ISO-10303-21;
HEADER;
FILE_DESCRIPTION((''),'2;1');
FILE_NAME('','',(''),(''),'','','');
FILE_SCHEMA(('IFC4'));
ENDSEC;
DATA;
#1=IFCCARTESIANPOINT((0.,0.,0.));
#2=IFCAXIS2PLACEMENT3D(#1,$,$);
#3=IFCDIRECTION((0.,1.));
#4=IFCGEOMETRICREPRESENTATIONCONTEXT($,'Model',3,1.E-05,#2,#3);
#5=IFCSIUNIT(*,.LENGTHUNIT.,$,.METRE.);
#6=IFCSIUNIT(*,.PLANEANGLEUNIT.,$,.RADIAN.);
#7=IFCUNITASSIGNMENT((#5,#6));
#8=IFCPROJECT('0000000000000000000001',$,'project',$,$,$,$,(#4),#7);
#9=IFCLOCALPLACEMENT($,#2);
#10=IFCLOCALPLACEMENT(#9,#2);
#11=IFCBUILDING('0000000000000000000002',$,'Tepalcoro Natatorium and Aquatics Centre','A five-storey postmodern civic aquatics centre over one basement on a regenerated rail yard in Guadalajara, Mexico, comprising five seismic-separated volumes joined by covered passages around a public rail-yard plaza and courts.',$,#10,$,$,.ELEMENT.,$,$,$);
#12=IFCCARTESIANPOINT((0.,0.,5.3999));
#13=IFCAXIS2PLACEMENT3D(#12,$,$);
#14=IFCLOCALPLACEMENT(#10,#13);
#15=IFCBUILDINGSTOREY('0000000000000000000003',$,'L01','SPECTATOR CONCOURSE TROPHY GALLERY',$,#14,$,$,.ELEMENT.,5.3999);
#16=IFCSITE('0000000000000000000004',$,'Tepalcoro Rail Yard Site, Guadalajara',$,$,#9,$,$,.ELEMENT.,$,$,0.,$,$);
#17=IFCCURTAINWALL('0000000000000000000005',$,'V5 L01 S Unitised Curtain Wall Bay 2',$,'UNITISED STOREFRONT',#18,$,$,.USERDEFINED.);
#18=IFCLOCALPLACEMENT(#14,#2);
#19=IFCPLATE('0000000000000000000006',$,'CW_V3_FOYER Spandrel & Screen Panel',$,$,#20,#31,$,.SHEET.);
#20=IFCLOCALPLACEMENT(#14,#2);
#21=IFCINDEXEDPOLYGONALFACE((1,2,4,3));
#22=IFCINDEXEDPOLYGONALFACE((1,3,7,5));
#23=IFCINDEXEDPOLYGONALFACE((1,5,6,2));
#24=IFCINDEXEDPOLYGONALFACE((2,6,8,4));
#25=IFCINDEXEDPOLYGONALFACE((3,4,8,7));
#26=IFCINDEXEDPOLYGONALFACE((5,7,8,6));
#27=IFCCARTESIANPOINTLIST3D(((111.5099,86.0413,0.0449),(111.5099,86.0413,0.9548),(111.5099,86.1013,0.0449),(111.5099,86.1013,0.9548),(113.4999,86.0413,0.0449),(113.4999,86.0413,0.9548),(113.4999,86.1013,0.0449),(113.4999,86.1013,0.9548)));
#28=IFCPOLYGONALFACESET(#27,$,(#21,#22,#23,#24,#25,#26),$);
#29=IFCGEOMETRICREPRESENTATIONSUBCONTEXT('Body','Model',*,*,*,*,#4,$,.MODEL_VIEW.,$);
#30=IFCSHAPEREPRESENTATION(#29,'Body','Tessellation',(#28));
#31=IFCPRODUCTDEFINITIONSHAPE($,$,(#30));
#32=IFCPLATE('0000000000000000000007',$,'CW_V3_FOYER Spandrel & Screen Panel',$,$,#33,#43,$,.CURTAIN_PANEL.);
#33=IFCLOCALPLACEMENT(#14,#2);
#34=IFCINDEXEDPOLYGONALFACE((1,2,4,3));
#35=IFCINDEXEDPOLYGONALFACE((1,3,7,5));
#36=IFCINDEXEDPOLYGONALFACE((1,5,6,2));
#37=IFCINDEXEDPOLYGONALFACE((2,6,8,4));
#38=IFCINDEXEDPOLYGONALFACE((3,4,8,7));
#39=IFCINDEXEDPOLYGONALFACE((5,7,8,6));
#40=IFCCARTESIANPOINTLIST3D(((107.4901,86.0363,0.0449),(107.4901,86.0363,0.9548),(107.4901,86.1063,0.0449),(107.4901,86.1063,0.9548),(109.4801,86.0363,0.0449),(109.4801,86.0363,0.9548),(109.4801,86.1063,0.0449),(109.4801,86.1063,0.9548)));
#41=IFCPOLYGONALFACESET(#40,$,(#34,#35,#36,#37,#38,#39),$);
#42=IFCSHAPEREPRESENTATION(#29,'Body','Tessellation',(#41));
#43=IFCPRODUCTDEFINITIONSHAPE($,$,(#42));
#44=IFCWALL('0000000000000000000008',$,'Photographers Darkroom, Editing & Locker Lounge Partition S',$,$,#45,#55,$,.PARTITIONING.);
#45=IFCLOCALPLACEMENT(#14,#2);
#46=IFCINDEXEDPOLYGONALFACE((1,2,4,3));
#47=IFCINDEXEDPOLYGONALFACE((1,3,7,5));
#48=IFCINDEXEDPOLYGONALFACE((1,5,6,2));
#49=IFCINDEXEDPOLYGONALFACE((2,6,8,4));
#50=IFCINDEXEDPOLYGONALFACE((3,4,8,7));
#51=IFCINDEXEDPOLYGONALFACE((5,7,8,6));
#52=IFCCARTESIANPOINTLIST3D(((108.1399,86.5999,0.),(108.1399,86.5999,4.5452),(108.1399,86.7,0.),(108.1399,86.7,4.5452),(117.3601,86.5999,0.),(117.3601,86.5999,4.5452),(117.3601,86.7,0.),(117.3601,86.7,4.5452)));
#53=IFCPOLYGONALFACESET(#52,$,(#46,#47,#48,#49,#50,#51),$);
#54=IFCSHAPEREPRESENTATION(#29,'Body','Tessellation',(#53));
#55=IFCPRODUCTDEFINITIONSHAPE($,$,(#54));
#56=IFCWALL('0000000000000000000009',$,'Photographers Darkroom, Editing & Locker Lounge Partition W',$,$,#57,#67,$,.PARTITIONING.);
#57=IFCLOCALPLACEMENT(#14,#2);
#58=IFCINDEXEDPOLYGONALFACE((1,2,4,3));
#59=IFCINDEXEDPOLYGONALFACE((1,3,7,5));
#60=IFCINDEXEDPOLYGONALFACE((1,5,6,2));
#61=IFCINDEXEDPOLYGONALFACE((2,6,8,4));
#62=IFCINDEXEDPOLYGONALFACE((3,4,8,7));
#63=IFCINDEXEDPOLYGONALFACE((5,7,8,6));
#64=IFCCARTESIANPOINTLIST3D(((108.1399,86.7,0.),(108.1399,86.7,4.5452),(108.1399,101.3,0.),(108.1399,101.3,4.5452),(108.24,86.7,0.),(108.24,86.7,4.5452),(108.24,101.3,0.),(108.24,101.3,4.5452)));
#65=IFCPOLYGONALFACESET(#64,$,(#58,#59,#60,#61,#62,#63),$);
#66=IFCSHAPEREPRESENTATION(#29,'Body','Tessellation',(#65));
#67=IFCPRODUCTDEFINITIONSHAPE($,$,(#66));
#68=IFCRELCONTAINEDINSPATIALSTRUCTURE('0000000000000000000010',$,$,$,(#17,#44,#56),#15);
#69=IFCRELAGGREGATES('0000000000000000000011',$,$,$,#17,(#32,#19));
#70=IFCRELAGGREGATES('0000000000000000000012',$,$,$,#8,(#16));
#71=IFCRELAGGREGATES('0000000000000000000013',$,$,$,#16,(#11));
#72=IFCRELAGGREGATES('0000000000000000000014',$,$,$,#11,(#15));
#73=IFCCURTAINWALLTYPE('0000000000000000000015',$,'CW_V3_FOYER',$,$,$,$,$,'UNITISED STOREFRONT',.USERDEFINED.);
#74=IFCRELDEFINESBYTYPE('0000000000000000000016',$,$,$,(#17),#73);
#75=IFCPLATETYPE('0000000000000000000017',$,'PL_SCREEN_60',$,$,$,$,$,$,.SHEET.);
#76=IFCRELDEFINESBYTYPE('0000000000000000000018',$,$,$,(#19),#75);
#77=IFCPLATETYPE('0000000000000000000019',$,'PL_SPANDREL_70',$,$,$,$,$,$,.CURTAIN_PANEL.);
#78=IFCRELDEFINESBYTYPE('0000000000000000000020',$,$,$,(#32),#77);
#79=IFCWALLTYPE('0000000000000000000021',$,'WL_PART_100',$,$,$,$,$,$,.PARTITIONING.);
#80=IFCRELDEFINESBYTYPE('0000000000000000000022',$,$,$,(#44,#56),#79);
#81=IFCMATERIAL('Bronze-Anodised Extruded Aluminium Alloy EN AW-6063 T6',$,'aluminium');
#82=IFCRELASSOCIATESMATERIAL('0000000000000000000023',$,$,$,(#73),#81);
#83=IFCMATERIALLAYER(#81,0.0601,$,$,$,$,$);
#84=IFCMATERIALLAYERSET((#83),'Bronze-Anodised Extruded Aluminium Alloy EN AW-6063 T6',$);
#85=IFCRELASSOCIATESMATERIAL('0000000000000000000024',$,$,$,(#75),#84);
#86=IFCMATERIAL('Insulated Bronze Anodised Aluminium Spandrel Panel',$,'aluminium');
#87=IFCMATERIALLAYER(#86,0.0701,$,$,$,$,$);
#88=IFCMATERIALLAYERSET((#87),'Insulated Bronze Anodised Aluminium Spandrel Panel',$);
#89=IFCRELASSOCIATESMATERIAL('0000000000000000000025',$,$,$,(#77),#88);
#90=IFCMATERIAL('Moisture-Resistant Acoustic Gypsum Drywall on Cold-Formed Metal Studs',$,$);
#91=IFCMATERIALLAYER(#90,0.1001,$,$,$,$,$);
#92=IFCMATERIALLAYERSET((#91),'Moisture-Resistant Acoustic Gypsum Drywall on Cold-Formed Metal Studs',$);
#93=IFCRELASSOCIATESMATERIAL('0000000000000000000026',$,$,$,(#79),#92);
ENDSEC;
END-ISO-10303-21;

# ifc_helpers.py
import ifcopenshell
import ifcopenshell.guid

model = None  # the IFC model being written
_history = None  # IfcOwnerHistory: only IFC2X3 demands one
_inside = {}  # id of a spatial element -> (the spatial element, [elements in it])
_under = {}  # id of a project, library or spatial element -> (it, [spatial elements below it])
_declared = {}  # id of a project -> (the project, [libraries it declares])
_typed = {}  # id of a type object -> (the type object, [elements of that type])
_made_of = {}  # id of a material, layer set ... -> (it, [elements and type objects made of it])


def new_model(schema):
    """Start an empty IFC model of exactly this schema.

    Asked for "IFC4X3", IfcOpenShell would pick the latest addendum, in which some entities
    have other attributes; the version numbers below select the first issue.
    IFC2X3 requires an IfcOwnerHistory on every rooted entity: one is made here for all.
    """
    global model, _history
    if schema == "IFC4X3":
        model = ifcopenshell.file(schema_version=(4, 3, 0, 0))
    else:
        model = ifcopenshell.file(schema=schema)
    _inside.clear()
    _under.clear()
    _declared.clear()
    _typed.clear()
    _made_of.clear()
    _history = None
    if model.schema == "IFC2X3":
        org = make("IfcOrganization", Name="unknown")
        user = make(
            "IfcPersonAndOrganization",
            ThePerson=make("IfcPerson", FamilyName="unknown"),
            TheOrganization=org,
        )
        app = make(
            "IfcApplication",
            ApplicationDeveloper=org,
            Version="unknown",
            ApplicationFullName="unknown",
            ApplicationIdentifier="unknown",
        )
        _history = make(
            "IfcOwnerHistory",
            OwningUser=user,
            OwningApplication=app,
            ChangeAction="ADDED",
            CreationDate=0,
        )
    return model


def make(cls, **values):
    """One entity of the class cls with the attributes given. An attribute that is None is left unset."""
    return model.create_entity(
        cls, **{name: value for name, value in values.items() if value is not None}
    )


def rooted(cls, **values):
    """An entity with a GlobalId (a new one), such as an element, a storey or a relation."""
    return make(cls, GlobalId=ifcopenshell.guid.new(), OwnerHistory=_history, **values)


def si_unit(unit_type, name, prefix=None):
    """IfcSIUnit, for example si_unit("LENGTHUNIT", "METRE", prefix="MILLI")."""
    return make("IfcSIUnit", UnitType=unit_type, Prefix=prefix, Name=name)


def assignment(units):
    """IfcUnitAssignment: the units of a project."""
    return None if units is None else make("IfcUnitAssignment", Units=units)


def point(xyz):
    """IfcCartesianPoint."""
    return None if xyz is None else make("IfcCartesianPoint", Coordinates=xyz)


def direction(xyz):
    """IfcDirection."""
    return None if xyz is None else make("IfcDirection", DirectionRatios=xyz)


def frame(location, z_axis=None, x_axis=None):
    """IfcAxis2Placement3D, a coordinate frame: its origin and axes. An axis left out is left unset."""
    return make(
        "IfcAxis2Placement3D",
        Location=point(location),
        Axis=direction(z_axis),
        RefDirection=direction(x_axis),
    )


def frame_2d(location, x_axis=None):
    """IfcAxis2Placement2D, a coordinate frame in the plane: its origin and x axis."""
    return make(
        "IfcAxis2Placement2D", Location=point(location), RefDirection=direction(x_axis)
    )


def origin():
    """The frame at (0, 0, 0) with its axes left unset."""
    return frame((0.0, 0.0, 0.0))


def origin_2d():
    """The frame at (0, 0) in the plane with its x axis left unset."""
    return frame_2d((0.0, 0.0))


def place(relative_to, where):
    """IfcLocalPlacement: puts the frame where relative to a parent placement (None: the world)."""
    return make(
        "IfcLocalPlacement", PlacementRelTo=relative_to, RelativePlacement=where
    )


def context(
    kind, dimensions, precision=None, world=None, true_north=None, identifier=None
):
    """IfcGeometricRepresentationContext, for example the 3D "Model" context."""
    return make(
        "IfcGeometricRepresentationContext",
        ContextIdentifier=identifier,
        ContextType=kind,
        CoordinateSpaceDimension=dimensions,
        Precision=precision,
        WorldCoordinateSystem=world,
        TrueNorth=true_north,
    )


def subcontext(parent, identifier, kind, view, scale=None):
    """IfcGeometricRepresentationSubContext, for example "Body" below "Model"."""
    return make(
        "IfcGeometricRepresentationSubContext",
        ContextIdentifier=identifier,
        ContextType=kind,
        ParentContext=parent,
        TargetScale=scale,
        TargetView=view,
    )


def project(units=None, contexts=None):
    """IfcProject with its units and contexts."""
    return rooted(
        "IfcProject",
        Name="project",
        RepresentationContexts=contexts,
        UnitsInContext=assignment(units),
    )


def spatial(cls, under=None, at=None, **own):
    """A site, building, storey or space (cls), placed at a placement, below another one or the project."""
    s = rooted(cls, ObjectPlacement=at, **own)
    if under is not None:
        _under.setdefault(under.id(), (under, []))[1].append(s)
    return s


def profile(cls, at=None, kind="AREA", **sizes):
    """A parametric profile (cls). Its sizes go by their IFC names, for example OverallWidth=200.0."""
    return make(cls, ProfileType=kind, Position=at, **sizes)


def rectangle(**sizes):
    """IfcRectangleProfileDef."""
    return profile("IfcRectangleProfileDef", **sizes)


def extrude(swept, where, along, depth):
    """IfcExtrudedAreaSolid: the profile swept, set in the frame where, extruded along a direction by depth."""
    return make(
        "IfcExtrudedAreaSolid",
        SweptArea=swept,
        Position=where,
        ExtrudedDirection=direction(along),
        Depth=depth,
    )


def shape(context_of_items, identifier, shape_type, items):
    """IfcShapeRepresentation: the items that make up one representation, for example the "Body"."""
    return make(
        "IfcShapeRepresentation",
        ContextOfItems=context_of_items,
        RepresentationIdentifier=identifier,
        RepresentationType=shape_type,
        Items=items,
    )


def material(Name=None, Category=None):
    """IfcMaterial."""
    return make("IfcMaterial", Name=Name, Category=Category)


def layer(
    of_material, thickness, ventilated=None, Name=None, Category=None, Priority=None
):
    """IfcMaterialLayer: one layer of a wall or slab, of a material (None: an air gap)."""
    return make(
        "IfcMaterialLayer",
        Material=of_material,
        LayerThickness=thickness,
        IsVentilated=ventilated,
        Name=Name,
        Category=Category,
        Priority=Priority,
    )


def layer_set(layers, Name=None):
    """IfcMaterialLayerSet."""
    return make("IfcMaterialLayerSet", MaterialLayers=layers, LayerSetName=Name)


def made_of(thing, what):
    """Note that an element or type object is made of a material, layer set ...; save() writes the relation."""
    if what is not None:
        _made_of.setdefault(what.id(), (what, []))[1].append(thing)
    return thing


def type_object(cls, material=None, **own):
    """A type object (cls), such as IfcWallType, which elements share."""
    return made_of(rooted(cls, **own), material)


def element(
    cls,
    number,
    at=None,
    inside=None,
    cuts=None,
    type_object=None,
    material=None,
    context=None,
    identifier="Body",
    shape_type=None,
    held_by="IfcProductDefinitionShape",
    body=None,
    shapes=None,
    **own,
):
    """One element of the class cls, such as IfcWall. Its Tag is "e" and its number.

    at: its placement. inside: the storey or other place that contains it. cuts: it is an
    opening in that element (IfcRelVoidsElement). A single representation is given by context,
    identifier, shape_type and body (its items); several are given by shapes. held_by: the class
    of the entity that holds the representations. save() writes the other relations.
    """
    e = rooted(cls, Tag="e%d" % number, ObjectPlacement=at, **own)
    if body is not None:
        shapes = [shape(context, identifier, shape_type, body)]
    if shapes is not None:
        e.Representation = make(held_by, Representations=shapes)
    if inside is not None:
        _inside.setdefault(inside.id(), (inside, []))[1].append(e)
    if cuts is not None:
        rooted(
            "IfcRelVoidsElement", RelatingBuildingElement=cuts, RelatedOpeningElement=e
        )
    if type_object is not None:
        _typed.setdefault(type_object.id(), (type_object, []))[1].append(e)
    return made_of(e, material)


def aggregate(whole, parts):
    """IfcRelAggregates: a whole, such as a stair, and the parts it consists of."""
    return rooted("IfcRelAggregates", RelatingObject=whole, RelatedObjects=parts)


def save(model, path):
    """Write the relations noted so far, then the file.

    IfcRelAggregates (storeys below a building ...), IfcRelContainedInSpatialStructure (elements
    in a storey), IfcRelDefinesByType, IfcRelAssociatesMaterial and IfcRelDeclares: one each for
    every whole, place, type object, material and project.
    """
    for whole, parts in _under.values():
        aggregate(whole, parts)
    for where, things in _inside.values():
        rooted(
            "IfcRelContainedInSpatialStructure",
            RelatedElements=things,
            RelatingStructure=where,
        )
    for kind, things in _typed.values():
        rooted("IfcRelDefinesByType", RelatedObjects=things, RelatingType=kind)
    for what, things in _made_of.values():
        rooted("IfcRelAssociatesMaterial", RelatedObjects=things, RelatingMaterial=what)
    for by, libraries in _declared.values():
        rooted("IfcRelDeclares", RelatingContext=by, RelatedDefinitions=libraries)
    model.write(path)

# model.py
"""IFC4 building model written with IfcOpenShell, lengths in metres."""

from ifc_helpers import new_model, si_unit, direction, frame, frame_2d, origin, origin_2d, place, context, subcontext, project, spatial, rectangle, extrude, material, layer, layer_set, type_object, element, aggregate, save


model = new_model("IFC4")

# Units and contexts
model_context = context("Model", 3, precision=1e-05, world=origin(), true_north=direction((0.0, 1.0)))
body_context = subcontext(model_context, "Body", "Model", "MODEL_VIEW")
ifc_project = project(units=[si_unit("LENGTHUNIT", "METRE"), si_unit("PLANEANGLEUNIT", "RADIAN")], contexts=[model_context])

# Site, building, storey
site_placement = place(None, origin())
site = spatial("IfcSite", under=ifc_project, at=site_placement, Name="Tepalcoro Rail Yard Site, Guadalajara", CompositionType="ELEMENT", RefElevation=0.0)
building_placement = place(site_placement, origin())
building = spatial("IfcBuilding", under=site, at=building_placement, Name="Tepalcoro Natatorium and Aquatics Centre", Description="A five-storey postmodern civic aquatics centre over one basement on a regenerated rail yard in Guadalajara, Mexico, comprising five seismic-separated volumes joined by covered passages around a public rail-yard plaza and courts.", CompositionType="ELEMENT")
storey_placement = place(building_placement, frame((0.0, 0.0, 5.3999)))
storey = spatial("IfcBuildingStorey", under=building, at=storey_placement, Name="L01", Description="SPECTATOR CONCOURSE TROPHY GALLERY", CompositionType="ELEMENT", Elevation=5.3999)

# Curtain wall
ifc_material_1 = material(Name="Bronze-Anodised Extruded Aluminium Alloy EN AW-6063 T6", Category="aluminium")
curtain_wall_type = type_object("IfcCurtainWallType", Name="CW_V3_FOYER", ElementType="UNITISED STOREFRONT", PredefinedType="USERDEFINED", material=ifc_material_1)
curtain_wall_placement = place(storey_placement, origin())
curtain_wall = element("IfcCurtainWall", 1, at=curtain_wall_placement, inside=storey, type_object=curtain_wall_type, Name="V5 L01 S Unitised Curtain Wall Bay 2", ObjectType="UNITISED STOREFRONT", PredefinedType="USERDEFINED")

# Plates
ifc_layer_1 = layer(ifc_material_1, 0.0601)
ifc_layer_set_1 = layer_set([ifc_layer_1], Name="Bronze-Anodised Extruded Aluminium Alloy EN AW-6063 T6")
plate_type_1 = type_object("IfcPlateType", Name="PL_SCREEN_60", PredefinedType="SHEET", material=ifc_layer_set_1)
plate_1_placement = place(storey_placement, frame((112.5049, 86.0713, 0.0449), z_axis=(0.0, 0.0, 1.0), x_axis=(1.0, 0.0, 0.0)))
plate_1 = element("IfcPlate", 2, at=plate_1_placement, type_object=plate_type_1, Name="CW_V3_FOYER Spandrel & Screen Panel", PredefinedType="SHEET", context=body_context, shape_type="SweptSolid", body=[
    extrude(rectangle(XDim=1.99, YDim=0.0601, at=origin_2d()), origin(), (0.0, 0.0, 1.0), 0.9099),
])
ifc_material_2 = material(Name="Insulated Bronze Anodised Aluminium Spandrel Panel", Category="aluminium")
ifc_layer_2 = layer(ifc_material_2, 0.0701)
ifc_layer_set_2 = layer_set([ifc_layer_2], Name="Insulated Bronze Anodised Aluminium Spandrel Panel")
plate_type_2 = type_object("IfcPlateType", Name="PL_SPANDREL_70", PredefinedType="CURTAIN_PANEL", material=ifc_layer_set_2)
plate_2_placement = place(storey_placement, frame((108.4851, 86.0713, 0.0449), z_axis=(0.0, 0.0, 1.0), x_axis=(1.0, 0.0, 0.0)))
plate_2 = element("IfcPlate", 3, at=plate_2_placement, type_object=plate_type_2, Name="CW_V3_FOYER Spandrel & Screen Panel", PredefinedType="CURTAIN_PANEL", context=body_context, shape_type="SweptSolid", body=[
    extrude(rectangle(XDim=1.99, YDim=0.0701, at=origin_2d()), origin(), (0.0, 0.0, 1.0), 0.9099),
])
aggregate(curtain_wall, [plate_2, plate_1])

# Walls
ifc_material_3 = material(Name="Moisture-Resistant Acoustic Gypsum Drywall on Cold-Formed Metal Studs")
ifc_layer_3 = layer(ifc_material_3, 0.1001)
ifc_layer_set_3 = layer_set([ifc_layer_3], Name="Moisture-Resistant Acoustic Gypsum Drywall on Cold-Formed Metal Studs")
wall_type = type_object("IfcWallType", Name="WL_PART_100", PredefinedType="PARTITIONING", material=ifc_layer_set_3)
wall_1_placement = place(storey_placement, frame((108.1399, 86.6499, 0.0), z_axis=(0.0, 0.0, 1.0), x_axis=(1.0, 0.0, 0.0)))
element("IfcWall", 4, at=wall_1_placement, inside=storey, type_object=wall_type, Name="Photographers Darkroom, Editing & Locker Lounge Partition S", PredefinedType="PARTITIONING", context=body_context, shape_type="SweptSolid", body=[
    extrude(rectangle(XDim=9.2202, YDim=0.1001, at=frame_2d((4.6101, 0.0))), origin(), (0.0, 0.0, 1.0), 4.5452),
])
wall_2_placement = place(storey_placement, frame((108.1899, 86.7, 0.0), z_axis=(0.0, 0.0, 1.0), x_axis=(0.0, 1.0, 0.0)))
element("IfcWall", 5, at=wall_2_placement, inside=storey, type_object=wall_type, Name="Photographers Darkroom, Editing & Locker Lounge Partition W", PredefinedType="PARTITIONING", context=body_context, shape_type="SweptSolid", body=[
    extrude(rectangle(XDim=14.6001, YDim=0.1001, at=frame_2d((7.3, 0.0))), origin(), (0.0, 0.0, 1.0), 4.5452),
])

save(model, "model.ifc")
